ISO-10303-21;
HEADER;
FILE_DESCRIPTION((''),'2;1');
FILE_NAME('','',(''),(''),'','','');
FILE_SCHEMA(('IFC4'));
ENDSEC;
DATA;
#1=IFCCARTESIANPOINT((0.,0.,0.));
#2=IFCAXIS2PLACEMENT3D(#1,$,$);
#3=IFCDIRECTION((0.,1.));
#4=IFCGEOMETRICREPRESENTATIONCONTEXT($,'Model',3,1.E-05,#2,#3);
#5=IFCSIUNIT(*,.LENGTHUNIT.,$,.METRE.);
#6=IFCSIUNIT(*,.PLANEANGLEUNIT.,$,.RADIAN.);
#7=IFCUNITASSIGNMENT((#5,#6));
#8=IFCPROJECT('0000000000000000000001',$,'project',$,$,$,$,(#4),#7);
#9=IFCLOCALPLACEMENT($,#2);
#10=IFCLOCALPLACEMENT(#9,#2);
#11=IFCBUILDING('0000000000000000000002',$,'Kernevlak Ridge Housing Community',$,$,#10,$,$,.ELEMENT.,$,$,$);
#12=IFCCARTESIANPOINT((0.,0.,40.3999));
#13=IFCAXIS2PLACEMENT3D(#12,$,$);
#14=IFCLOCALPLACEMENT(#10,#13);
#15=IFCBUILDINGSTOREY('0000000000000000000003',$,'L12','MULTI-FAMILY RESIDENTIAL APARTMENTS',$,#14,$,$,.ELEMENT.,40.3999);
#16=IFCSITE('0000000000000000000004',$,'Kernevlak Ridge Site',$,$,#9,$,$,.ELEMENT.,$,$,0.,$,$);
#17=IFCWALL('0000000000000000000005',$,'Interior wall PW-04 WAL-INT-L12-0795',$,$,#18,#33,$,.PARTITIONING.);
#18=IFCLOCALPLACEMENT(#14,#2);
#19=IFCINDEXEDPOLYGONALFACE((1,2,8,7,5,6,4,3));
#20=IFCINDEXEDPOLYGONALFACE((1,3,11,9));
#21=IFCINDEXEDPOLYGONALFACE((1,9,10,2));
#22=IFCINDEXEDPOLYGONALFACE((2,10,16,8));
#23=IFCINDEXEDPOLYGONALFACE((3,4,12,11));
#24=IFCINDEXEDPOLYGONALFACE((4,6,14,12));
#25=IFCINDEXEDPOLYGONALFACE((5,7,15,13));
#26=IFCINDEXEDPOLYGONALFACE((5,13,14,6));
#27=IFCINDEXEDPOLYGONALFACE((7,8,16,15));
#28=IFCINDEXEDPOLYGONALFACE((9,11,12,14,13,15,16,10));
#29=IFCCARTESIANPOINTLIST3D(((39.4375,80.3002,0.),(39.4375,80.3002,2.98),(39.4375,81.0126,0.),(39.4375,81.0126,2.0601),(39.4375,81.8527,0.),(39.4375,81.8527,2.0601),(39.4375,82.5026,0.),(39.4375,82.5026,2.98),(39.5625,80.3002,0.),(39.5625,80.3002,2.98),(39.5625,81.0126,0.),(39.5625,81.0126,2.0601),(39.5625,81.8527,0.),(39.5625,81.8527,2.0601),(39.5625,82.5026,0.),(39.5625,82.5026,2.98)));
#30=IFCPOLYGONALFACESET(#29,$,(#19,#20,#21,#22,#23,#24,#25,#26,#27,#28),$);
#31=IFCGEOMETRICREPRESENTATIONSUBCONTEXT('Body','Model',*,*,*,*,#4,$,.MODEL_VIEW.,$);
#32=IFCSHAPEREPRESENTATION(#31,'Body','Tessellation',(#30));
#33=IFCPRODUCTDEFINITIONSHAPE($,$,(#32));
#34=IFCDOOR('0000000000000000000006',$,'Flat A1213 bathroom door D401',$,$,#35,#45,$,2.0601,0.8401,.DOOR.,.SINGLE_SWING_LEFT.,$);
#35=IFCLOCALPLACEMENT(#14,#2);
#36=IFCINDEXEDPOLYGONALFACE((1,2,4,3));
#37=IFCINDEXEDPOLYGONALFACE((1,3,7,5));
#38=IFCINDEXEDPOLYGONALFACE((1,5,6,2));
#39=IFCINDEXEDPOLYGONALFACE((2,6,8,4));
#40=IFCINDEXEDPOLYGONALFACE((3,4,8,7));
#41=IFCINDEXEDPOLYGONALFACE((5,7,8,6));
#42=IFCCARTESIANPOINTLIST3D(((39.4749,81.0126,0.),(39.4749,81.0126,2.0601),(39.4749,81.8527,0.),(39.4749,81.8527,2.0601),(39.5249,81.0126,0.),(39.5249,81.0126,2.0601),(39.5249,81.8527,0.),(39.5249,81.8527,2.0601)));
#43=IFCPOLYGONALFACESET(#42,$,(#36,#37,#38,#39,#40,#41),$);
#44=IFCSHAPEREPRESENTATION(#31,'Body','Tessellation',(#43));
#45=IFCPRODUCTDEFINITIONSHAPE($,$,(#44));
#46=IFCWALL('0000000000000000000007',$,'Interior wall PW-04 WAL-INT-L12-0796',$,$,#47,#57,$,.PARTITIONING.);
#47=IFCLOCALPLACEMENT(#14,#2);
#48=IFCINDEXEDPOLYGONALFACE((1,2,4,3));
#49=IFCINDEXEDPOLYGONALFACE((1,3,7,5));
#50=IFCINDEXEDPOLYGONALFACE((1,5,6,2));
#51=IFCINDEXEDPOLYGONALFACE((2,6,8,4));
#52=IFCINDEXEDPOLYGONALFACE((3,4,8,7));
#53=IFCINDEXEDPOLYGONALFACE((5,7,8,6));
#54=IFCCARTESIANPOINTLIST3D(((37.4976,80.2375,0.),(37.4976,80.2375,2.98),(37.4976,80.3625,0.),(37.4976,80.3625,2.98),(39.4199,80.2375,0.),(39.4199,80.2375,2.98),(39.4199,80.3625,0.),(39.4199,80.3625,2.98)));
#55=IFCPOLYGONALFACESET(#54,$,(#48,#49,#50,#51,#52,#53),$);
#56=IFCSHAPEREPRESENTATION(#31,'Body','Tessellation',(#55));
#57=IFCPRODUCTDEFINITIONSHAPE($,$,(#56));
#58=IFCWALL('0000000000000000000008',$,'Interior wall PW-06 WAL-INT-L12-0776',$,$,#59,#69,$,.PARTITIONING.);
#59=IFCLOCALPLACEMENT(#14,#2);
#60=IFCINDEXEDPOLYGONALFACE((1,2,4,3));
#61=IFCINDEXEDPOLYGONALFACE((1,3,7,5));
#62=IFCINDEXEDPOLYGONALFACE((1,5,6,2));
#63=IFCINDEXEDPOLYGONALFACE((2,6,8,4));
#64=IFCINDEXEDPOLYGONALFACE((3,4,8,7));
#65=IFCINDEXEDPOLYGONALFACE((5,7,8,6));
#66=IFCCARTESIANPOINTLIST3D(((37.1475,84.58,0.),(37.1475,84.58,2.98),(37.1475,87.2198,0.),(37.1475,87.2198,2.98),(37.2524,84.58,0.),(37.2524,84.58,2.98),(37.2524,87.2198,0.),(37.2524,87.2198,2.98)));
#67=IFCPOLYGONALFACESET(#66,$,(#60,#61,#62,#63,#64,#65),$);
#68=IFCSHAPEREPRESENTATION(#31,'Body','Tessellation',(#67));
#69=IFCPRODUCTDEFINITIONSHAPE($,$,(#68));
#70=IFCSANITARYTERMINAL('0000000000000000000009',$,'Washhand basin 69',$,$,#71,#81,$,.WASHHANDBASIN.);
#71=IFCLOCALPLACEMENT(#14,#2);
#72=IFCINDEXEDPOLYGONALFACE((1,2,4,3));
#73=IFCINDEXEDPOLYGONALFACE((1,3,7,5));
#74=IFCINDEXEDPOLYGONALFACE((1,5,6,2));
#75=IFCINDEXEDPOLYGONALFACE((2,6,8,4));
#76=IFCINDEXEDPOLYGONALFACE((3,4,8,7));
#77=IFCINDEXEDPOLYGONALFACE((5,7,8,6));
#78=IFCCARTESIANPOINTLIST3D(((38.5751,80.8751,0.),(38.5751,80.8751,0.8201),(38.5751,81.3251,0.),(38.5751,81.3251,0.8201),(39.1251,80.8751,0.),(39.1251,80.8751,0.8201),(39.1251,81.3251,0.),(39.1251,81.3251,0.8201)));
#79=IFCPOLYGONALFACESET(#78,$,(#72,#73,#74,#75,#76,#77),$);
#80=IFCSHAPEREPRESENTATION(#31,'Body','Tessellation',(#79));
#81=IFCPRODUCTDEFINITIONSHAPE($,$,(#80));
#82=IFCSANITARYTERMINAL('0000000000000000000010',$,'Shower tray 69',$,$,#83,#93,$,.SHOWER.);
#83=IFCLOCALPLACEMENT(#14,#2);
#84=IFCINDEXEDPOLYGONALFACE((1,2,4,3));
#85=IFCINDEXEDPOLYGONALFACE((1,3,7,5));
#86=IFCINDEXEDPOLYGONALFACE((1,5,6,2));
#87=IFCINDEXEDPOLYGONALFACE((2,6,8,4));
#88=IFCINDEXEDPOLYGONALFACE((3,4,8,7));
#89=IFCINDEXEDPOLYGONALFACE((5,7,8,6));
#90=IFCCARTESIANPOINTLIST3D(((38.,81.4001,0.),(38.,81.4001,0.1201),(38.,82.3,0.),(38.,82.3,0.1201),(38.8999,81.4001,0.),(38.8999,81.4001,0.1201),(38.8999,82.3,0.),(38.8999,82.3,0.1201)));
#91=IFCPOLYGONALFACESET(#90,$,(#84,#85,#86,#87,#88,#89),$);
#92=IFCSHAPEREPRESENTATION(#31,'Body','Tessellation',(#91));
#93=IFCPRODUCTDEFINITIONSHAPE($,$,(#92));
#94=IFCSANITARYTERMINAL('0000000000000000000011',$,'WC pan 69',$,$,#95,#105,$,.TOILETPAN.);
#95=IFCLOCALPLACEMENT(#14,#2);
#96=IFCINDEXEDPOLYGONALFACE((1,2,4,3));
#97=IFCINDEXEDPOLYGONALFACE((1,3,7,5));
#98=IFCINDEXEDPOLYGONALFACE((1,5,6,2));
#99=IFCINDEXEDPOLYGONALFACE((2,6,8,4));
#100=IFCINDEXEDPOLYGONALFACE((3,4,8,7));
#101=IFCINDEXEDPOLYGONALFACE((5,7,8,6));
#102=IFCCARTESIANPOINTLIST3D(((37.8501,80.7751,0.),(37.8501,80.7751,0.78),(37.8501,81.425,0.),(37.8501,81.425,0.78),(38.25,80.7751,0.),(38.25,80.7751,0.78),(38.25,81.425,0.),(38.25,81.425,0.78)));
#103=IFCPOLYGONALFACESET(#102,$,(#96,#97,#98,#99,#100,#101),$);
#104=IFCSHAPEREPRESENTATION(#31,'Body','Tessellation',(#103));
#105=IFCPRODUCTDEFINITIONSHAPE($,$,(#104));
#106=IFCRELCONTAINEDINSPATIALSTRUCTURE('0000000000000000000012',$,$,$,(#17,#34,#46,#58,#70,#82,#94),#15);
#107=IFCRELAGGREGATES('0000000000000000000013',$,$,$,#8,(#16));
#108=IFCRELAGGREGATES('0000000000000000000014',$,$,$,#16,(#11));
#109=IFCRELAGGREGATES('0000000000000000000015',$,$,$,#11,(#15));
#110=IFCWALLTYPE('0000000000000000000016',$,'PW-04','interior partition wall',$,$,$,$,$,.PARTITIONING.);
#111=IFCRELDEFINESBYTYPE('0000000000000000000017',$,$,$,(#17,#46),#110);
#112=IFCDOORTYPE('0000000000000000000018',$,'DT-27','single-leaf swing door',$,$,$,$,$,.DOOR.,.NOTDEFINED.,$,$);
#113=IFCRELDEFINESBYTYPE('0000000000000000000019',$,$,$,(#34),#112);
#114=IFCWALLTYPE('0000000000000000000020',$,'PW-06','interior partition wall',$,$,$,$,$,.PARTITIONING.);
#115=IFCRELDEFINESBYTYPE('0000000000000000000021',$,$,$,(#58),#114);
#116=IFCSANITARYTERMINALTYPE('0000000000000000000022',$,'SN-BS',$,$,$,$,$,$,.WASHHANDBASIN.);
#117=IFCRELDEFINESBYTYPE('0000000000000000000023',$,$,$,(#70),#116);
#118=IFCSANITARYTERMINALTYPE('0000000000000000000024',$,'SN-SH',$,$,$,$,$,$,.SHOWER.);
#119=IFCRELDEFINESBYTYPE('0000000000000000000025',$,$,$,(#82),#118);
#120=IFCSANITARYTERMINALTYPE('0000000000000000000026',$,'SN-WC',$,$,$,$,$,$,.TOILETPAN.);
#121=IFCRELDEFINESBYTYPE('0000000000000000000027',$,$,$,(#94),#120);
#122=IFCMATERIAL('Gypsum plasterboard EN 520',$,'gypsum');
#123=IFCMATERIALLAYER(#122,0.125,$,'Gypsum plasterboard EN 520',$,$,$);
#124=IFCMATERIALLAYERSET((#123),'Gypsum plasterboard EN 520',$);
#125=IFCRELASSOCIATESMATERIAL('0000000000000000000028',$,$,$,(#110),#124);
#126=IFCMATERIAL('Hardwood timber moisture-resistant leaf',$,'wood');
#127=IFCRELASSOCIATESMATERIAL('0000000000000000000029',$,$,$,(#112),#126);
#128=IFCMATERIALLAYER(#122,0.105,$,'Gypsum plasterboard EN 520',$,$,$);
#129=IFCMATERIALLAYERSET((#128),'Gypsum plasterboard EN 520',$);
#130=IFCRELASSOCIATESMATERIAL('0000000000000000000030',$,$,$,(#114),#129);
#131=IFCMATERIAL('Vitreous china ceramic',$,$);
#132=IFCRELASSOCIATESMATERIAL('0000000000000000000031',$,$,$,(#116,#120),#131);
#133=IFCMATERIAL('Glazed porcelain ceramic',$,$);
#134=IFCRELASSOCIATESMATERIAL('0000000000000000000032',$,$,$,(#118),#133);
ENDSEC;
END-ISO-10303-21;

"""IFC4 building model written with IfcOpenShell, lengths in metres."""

from ifc_helpers import new_model, si_unit, direction, frame, frame_2d, origin, origin_2d, place, context, subcontext, project, spatial, rectangle, extrude, material, layer, layer_set, type_object, element, fill, save


model = new_model("IFC4")

# Units and contexts
model_context = context("Model", 3, precision=1e-05, world=origin(), true_north=direction((0.0, 1.0)))
body_context = subcontext(model_context, "Body", "Model", "MODEL_VIEW")
ifc_project = project(units=[si_unit("LENGTHUNIT", "METRE"), si_unit("PLANEANGLEUNIT", "RADIAN")], contexts=[model_context])

# Site, building, storey
site_placement = place(None, origin())
site = spatial("IfcSite", under=ifc_project, at=site_placement, Name="Kernevlak Ridge Site", CompositionType="ELEMENT", RefElevation=0.0)
building_placement = place(site_placement, origin())
building = spatial("IfcBuilding", under=site, at=building_placement, Name="Kernevlak Ridge Housing Community", CompositionType="ELEMENT")
storey_placement = place(building_placement, frame((0.0, 0.0, 40.3999)))
storey = spatial("IfcBuildingStorey", under=building, at=storey_placement, Name="L12", Description="MULTI-FAMILY RESIDENTIAL APARTMENTS", CompositionType="ELEMENT", Elevation=40.3999)

# Wall, opening, door
ifc_material_1 = material(Name="Gypsum plasterboard EN 520", Category="gypsum")
ifc_layer_1 = layer(ifc_material_1, 0.125, Name="Gypsum plasterboard EN 520")
ifc_layer_set_1 = layer_set([ifc_layer_1], Name="Gypsum plasterboard EN 520")
wall_type_1 = type_object("IfcWallType", Name="PW-04", Description="interior partition wall", PredefinedType="PARTITIONING", material=ifc_layer_set_1)
wall_1_placement = place(storey_placement, frame((39.5, 82.5024, 0.0), z_axis=(0.0, 0.0, 1.0), x_axis=(0.0, -1.0, 0.0)))
wall_1 = element("IfcWall", 1, at=wall_1_placement, inside=storey, type_object=wall_type_1, Name="Interior wall PW-04 WAL-INT-L12-0795", PredefinedType="PARTITIONING", context=body_context, shape_type="SweptSolid", body=[
    extrude(rectangle(XDim=2.2024, YDim=0.125, at=frame_2d((1.1011, 0.0))), origin(), (0.0, 0.0, 1.0), 2.98),
])
opening_1_placement = place(wall_1_placement, frame((0.6499, 0.0, 0.0)))
opening_1 = element("IfcOpeningElement", 2, at=opening_1_placement, cuts=wall_1, PredefinedType="OPENING", context=body_context, shape_type="SweptSolid", body=[
    extrude(rectangle(XDim=0.8401, YDim=2.0601, at=frame_2d((0.4199, 1.03))), frame((0.0, 0.0725, 0.0), z_axis=(0.0, -1.0, 0.0), x_axis=(1.0, 0.0, 0.0)), (0.0, 0.0, 1.0), 0.145),
])
ifc_material_2 = material(Name="Hardwood timber moisture-resistant leaf", Category="wood")
door_type_1 = type_object("IfcDoorType", Name="DT-27", Description="single-leaf swing door", OperationType="NOTDEFINED", PredefinedType="DOOR", material=ifc_material_2)
door_1_placement = place(opening_1_placement, origin())
door_1 = element("IfcDoor", 3, at=door_1_placement, inside=storey, type_object=door_type_1, Name="Flat A1213 bathroom door D401", OperationType="SINGLE_SWING_LEFT", OverallHeight=2.0601, OverallWidth=0.8401, PredefinedType="DOOR", context=body_context, shape_type="SweptSolid", body=[
    extrude(rectangle(XDim=0.8401, YDim=2.0601, at=frame_2d((0.4199, 1.03))), frame((0.0, 0.0249, 0.0), z_axis=(0.0, -1.0, 0.0), x_axis=(1.0, 0.0, 0.0)), (0.0, 0.0, 1.0), 0.05),
])
fill(opening_1, door_1)

# Walls
wall_2_placement = place(storey_placement, frame((37.4976, 80.3, 0.0), z_axis=(0.0, 0.0, 1.0), x_axis=(1.0, 0.0, 0.0)))
element("IfcWall", 4, at=wall_2_placement, inside=storey, type_object=wall_type_1, Name="Interior wall PW-04 WAL-INT-L12-0796", PredefinedType="PARTITIONING", context=body_context, shape_type="SweptSolid", body=[
    extrude(rectangle(XDim=1.9224, YDim=0.125, at=frame_2d((0.9612, 0.0))), origin(), (0.0, 0.0, 1.0), 2.98),
])
ifc_layer_2 = layer(ifc_material_1, 0.105, Name="Gypsum plasterboard EN 520")
ifc_layer_set_2 = layer_set([ifc_layer_2], Name="Gypsum plasterboard EN 520")
wall_type_2 = type_object("IfcWallType", Name="PW-06", Description="interior partition wall", PredefinedType="PARTITIONING", material=ifc_layer_set_2)
wall_3_placement = place(storey_placement, frame((37.2, 84.5801, 0.0), z_axis=(0.0, 0.0, 1.0), x_axis=(0.0, 1.0, 0.0)))
element("IfcWall", 5, at=wall_3_placement, inside=storey, type_object=wall_type_2, Name="Interior wall PW-06 WAL-INT-L12-0776", PredefinedType="PARTITIONING", context=body_context, shape_type="SweptSolid", body=[
    extrude(rectangle(XDim=2.6399, YDim=0.105, at=frame_2d((1.3198, 0.0))), origin(), (0.0, 0.0, 1.0), 2.98),
])

# Sanitary terminals
ifc_material_3 = material(Name="Vitreous china ceramic")
sanitary_terminal_type_1 = type_object("IfcSanitaryTerminalType", Name="SN-BS", PredefinedType="WASHHANDBASIN", material=ifc_material_3)
sanitary_terminal_1_placement = place(storey_placement, frame((38.8501, 81.1001, 0.0), z_axis=(0.0, 0.0, 1.0), x_axis=(1.0, 0.0, 0.0)))
element("IfcSanitaryTerminal", 6, at=sanitary_terminal_1_placement, inside=storey, type_object=sanitary_terminal_type_1, Name="Washhand basin 69", PredefinedType="WASHHANDBASIN", context=body_context, shape_type="SweptSolid", body=[
    extrude(rectangle(XDim=0.55, YDim=0.45, at=origin_2d()), origin(), (0.0, 0.0, 1.0), 0.8201),
])
ifc_material_4 = material(Name="Glazed porcelain ceramic")
sanitary_terminal_type_2 = type_object("IfcSanitaryTerminalType", Name="SN-SH", PredefinedType="SHOWER", material=ifc_material_4)
sanitary_terminal_2_placement = place(storey_placement, frame((38.45, 81.8501, 0.0), z_axis=(0.0, 0.0, 1.0), x_axis=(1.0, 0.0, 0.0)))
element("IfcSanitaryTerminal", 7, at=sanitary_terminal_2_placement, inside=storey, type_object=sanitary_terminal_type_2, Name="Shower tray 69", PredefinedType="SHOWER", context=body_context, shape_type="SweptSolid", body=[
    extrude(rectangle(XDim=0.8999, YDim=0.8999, at=origin_2d()), origin(), (0.0, 0.0, 1.0), 0.1201),
])
sanitary_terminal_type_3 = type_object("IfcSanitaryTerminalType", Name="SN-WC", PredefinedType="TOILETPAN", material=ifc_material_3)
sanitary_terminal_3_placement = place(storey_placement, frame((38.05, 81.1001, 0.0), z_axis=(0.0, 0.0, 1.0), x_axis=(1.0, 0.0, 0.0)))
element("IfcSanitaryTerminal", 8, at=sanitary_terminal_3_placement, inside=storey, type_object=sanitary_terminal_type_3, Name="WC pan 69", PredefinedType="TOILETPAN", context=body_context, shape_type="SweptSolid", body=[
    extrude(rectangle(XDim=0.3999, YDim=0.6499, at=origin_2d()), origin(), (0.0, 0.0, 1.0), 0.78),
])

save(model, "model.ifc")
